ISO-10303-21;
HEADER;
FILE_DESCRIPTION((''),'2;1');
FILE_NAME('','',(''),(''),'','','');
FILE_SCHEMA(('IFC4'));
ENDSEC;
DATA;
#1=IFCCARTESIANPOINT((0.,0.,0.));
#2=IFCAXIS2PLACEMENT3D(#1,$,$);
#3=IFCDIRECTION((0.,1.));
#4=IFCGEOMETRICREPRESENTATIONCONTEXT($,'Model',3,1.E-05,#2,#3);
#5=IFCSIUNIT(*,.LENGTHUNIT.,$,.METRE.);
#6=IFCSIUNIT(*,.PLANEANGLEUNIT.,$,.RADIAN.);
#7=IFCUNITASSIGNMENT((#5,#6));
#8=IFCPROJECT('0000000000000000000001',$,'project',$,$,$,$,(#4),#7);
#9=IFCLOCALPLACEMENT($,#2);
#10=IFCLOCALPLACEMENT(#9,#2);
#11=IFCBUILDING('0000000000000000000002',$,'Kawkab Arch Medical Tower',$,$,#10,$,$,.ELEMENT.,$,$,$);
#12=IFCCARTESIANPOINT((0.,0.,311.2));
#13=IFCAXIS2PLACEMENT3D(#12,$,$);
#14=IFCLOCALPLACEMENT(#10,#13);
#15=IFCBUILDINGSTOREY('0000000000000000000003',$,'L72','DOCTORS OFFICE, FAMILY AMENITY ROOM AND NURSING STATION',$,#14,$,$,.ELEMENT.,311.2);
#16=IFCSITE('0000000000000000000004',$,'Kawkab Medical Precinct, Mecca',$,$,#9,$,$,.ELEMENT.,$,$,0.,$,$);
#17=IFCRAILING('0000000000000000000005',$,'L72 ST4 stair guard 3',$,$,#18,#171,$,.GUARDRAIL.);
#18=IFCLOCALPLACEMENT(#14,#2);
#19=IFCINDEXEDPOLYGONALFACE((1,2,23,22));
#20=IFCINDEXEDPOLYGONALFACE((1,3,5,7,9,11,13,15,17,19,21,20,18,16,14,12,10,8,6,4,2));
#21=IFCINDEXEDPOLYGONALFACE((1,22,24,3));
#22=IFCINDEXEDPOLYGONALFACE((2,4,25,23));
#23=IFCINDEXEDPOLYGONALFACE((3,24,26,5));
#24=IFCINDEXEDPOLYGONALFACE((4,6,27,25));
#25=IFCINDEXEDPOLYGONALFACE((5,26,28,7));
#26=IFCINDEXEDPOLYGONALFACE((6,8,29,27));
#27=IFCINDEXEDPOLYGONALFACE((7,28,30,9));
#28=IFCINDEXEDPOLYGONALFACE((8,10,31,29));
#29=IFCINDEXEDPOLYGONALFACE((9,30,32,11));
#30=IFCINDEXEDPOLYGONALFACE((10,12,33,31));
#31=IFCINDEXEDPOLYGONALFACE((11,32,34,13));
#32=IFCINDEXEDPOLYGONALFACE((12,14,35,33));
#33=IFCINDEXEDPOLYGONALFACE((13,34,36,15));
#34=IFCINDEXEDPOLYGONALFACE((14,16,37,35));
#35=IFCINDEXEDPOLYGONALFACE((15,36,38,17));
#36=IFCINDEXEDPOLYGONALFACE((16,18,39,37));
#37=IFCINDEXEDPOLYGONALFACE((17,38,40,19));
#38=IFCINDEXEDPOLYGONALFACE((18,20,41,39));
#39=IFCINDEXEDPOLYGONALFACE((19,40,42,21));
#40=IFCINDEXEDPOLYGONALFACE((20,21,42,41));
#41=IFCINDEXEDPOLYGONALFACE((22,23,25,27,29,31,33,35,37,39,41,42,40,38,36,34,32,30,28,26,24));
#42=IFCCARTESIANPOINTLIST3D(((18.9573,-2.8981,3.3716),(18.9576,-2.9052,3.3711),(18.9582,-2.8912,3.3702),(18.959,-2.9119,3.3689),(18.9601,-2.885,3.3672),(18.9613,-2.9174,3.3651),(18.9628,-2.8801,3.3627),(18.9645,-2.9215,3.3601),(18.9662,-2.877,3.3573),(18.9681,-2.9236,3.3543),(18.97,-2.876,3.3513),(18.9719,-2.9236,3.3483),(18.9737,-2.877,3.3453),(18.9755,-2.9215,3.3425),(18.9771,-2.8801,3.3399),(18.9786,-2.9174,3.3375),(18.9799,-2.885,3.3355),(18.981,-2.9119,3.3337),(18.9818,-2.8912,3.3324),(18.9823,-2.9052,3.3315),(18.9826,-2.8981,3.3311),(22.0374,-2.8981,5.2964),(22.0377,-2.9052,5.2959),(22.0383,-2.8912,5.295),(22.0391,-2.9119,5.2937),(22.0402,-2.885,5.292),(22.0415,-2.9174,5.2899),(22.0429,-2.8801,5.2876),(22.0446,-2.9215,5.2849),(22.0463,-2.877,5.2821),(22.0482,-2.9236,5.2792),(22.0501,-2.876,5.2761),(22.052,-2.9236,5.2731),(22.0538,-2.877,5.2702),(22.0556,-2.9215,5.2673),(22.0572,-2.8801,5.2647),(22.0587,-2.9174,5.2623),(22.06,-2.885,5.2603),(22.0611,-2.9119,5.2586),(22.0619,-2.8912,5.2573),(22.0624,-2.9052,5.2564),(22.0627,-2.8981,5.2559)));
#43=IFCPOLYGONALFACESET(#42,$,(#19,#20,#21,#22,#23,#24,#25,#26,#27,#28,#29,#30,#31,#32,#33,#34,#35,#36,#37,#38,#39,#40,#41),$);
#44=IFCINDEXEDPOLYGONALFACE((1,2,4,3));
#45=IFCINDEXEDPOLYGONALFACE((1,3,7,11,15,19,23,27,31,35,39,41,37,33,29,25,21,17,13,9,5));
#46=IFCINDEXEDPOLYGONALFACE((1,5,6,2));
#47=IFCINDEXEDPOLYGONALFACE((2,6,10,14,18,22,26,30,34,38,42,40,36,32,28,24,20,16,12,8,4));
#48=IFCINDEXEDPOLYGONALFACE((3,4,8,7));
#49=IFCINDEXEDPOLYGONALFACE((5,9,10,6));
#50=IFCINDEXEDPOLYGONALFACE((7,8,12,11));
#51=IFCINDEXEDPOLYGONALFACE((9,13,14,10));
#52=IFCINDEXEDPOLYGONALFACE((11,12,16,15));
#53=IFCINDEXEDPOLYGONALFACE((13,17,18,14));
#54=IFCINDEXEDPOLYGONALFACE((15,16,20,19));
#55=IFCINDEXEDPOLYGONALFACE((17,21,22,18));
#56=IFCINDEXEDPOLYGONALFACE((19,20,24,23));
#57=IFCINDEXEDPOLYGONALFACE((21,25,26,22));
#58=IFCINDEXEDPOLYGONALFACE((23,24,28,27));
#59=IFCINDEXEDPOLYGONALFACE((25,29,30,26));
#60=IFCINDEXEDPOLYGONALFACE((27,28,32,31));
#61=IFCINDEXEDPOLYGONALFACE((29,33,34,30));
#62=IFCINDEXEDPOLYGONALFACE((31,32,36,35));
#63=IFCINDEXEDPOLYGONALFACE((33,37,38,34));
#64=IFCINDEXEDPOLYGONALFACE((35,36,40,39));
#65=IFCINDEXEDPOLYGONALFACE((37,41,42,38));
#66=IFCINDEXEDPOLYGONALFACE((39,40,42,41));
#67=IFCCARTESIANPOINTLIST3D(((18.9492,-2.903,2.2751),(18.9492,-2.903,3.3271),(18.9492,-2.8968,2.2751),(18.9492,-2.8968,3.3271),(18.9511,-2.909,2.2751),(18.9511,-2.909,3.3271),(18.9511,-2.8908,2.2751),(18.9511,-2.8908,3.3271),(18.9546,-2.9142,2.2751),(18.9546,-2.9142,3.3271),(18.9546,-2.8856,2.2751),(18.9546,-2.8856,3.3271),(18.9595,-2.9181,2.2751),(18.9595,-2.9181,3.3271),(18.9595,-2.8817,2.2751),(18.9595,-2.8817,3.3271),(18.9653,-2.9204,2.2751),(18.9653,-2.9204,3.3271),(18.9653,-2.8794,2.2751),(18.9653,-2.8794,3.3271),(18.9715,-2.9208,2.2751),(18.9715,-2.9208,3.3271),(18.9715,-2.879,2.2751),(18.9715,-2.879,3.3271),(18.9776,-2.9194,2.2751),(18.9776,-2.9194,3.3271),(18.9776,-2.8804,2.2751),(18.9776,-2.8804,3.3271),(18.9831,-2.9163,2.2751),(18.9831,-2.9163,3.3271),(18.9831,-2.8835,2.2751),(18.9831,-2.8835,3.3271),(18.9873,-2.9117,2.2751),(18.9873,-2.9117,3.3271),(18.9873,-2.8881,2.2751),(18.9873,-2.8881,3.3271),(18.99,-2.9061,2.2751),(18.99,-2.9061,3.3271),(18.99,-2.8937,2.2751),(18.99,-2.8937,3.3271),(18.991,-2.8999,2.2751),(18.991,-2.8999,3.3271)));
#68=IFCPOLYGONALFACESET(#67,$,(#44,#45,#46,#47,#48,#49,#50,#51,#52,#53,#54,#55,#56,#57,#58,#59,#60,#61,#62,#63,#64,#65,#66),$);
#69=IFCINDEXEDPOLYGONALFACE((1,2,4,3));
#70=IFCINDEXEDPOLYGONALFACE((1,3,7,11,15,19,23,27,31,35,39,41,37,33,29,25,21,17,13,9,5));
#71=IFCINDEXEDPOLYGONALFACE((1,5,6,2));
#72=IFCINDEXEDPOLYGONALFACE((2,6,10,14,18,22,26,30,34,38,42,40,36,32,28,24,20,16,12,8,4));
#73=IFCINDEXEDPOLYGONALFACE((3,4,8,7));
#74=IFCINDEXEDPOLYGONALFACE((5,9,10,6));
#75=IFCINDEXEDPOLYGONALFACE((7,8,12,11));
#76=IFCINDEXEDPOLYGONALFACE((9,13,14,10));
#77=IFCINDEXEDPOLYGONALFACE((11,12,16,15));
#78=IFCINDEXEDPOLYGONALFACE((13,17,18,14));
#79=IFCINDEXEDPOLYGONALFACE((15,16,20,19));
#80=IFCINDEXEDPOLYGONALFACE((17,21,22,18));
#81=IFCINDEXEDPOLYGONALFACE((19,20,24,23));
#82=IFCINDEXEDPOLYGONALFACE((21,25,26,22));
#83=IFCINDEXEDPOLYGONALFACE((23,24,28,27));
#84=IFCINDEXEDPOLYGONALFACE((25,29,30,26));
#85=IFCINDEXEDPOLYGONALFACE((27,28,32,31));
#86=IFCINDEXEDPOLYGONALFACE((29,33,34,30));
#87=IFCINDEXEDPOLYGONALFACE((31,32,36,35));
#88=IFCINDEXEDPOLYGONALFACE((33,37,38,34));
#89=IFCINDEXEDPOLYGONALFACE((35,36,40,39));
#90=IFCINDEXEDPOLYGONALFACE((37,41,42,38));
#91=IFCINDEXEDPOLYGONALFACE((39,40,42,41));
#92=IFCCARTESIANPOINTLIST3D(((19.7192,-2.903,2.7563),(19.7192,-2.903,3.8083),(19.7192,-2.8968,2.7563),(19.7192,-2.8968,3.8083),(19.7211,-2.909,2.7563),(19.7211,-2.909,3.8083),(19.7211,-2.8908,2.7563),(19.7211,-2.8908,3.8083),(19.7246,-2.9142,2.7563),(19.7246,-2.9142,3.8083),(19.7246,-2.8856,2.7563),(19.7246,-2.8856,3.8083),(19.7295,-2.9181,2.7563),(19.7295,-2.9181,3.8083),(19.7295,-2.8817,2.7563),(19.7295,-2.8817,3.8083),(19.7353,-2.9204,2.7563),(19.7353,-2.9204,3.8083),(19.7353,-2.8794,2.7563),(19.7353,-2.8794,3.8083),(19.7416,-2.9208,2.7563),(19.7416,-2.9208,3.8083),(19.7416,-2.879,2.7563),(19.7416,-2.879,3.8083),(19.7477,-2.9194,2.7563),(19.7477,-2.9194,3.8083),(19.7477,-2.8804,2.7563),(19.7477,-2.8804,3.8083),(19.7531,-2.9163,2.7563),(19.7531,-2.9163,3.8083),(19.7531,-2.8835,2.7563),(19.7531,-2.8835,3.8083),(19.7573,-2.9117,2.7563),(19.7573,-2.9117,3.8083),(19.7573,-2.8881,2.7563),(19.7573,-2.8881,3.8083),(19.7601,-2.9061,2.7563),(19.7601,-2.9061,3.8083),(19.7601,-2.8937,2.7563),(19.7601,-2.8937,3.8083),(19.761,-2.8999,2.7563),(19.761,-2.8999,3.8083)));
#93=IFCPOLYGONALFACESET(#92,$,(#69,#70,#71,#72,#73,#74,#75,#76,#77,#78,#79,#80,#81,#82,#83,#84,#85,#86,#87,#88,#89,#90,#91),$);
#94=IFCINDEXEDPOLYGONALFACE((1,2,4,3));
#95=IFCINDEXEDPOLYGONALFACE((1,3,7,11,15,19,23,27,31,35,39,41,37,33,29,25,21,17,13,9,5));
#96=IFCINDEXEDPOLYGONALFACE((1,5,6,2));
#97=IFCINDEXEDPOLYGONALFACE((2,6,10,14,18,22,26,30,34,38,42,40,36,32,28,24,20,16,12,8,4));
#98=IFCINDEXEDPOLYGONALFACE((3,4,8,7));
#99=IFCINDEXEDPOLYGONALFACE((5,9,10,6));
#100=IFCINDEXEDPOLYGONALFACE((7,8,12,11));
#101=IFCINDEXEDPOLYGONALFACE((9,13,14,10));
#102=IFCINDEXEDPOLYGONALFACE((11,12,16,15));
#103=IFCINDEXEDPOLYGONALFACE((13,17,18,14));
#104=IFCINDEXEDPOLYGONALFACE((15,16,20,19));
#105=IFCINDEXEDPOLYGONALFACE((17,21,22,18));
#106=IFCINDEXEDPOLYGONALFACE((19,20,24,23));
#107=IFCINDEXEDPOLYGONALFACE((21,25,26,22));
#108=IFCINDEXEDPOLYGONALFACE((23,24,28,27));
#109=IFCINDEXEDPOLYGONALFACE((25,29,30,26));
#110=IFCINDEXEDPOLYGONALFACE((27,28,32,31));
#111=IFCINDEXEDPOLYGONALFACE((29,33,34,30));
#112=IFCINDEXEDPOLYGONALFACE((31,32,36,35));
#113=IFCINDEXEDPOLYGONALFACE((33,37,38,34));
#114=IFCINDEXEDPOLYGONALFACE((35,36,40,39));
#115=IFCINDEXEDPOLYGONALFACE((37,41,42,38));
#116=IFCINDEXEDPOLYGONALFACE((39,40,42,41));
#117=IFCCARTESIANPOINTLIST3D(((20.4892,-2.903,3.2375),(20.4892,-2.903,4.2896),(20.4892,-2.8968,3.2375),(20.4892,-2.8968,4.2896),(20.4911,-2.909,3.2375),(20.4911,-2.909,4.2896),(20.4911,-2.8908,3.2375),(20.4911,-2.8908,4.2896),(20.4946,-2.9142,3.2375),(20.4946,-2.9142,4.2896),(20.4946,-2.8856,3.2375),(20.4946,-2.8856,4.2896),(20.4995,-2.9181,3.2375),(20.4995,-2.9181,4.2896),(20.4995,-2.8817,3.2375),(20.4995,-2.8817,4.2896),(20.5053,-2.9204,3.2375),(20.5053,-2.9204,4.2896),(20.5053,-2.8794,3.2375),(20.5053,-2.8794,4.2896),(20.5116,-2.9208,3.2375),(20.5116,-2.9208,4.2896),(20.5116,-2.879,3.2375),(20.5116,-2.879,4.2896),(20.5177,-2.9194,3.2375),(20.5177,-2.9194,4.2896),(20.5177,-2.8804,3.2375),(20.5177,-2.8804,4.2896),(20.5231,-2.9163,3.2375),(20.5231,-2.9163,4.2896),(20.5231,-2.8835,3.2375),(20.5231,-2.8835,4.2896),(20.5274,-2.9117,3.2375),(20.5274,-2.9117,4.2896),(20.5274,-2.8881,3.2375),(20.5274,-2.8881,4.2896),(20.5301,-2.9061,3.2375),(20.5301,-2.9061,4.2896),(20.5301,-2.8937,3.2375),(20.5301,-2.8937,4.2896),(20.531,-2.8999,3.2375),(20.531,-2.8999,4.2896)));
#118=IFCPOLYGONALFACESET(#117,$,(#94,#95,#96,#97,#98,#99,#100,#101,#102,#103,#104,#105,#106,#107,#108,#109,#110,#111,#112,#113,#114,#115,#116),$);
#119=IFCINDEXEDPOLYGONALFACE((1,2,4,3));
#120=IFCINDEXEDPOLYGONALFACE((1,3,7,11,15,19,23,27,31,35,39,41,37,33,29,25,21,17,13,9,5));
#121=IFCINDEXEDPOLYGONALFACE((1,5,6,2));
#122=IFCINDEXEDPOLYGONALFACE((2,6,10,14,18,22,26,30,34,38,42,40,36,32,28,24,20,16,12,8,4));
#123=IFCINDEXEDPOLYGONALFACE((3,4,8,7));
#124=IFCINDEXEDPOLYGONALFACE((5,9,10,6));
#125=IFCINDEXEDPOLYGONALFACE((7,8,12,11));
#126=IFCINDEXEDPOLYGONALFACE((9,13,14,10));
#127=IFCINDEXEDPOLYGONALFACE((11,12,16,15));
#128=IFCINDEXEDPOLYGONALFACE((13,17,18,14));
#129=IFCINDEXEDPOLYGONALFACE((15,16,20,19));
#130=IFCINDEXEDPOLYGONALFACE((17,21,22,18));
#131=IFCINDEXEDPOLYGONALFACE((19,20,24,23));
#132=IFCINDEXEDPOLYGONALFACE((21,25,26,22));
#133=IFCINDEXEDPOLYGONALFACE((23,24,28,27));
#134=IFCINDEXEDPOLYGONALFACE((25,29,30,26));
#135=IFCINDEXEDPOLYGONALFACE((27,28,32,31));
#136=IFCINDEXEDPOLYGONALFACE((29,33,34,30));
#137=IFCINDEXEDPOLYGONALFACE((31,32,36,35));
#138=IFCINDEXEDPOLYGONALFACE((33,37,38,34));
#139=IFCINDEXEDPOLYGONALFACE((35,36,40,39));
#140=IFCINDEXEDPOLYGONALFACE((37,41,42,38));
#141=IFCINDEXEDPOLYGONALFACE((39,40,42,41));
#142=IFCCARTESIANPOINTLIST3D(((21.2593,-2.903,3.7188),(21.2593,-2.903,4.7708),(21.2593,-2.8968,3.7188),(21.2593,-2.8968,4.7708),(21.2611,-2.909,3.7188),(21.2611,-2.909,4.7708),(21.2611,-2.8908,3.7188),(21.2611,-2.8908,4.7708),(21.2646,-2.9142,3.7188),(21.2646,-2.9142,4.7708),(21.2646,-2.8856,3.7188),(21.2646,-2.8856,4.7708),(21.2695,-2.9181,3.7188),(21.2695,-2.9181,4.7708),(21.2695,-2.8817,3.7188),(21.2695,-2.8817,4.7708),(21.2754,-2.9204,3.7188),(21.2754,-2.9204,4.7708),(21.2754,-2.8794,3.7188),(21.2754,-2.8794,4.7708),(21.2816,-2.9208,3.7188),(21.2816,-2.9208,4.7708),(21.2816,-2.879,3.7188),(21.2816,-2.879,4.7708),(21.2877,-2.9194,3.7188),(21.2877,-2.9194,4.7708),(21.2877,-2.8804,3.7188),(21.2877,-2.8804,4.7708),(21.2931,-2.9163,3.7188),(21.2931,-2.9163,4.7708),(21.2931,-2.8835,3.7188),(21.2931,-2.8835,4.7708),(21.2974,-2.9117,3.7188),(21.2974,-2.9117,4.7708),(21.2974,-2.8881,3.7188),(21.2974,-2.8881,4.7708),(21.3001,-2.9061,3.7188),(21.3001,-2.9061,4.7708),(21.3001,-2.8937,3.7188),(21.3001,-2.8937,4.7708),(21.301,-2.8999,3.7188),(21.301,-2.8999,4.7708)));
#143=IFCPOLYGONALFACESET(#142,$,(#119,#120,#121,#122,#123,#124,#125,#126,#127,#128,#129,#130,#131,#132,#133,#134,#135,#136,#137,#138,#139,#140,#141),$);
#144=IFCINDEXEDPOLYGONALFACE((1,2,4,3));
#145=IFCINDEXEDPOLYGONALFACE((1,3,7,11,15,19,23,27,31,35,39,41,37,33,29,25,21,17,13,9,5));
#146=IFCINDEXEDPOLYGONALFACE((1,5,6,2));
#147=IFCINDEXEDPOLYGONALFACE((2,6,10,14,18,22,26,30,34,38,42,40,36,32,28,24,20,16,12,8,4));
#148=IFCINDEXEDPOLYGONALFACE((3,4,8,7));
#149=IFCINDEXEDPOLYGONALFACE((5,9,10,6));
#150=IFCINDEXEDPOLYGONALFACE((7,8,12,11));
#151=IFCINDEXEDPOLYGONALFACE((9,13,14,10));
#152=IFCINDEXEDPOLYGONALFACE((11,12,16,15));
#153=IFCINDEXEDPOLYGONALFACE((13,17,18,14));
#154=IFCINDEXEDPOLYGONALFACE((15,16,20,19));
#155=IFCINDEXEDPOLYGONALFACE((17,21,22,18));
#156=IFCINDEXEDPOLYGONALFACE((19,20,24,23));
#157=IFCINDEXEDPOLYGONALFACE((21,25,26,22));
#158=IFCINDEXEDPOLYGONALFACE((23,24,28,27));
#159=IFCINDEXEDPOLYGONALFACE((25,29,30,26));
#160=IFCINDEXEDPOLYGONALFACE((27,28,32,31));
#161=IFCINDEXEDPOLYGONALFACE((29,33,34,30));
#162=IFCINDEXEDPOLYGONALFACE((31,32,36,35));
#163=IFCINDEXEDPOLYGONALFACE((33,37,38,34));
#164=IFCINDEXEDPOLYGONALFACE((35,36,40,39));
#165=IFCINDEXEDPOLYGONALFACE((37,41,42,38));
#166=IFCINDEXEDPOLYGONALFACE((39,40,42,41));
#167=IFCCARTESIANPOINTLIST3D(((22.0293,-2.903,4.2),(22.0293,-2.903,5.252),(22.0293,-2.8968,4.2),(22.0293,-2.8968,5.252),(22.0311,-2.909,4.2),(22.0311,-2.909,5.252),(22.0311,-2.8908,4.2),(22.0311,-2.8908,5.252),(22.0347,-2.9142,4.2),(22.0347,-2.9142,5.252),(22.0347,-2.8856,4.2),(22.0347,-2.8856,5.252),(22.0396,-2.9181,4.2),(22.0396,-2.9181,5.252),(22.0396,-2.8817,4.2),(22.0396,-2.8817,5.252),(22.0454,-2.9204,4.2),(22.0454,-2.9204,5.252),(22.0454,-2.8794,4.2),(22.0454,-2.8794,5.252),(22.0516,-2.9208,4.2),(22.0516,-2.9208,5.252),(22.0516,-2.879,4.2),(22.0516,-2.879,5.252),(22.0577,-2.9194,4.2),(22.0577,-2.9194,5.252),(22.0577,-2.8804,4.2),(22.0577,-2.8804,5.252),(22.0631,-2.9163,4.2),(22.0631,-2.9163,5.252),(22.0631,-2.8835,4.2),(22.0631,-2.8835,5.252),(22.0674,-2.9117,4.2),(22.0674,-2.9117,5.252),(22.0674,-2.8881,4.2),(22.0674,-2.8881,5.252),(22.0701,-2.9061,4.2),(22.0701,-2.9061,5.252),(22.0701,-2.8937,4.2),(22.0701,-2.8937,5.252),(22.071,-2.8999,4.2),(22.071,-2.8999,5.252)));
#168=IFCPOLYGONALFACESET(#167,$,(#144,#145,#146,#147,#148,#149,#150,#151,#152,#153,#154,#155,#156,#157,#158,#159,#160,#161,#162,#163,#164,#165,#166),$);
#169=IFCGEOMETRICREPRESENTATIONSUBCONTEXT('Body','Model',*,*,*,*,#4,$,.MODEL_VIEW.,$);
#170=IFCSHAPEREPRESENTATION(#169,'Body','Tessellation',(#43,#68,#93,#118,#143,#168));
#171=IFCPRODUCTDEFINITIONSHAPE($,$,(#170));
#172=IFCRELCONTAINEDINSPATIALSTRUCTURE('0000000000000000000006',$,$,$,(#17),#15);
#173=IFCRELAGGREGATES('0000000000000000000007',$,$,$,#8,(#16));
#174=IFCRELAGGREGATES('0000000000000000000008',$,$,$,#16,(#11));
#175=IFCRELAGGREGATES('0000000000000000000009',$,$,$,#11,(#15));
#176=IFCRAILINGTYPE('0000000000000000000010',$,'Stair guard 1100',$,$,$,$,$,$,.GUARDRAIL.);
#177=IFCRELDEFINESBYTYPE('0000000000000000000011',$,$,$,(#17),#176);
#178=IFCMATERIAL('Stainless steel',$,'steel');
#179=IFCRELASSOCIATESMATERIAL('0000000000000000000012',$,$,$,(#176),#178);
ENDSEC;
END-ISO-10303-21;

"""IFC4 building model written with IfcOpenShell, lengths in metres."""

from ifc_helpers import new_model, si_unit, direction, frame, origin, origin_2d, place, context, subcontext, project, spatial, circle, extrude, material, type_object, element, save


model = new_model("IFC4")

# Units and contexts
model_context = context("Model", 3, precision=1e-05, world=origin(), true_north=direction((0.0, 1.0)))
body_context = subcontext(model_context, "Body", "Model", "MODEL_VIEW")
ifc_project = project(units=[si_unit("LENGTHUNIT", "METRE"), si_unit("PLANEANGLEUNIT", "RADIAN")], contexts=[model_context])

# Site, building, storey
site_placement = place(None, origin())
site = spatial("IfcSite", under=ifc_project, at=site_placement, Name="Kawkab Medical Precinct, Mecca", CompositionType="ELEMENT", RefElevation=0.0)
building_placement = place(site_placement, origin())
building = spatial("IfcBuilding", under=site, at=building_placement, Name="Kawkab Arch Medical Tower", CompositionType="ELEMENT")
storey_placement = place(building_placement, frame((0.0, 0.0, 311.2)))
storey = spatial("IfcBuildingStorey", under=building, at=storey_placement, Name="L72", Description="DOCTORS OFFICE, FAMILY AMENITY ROOM AND NURSING STATION", CompositionType="ELEMENT", Elevation=311.2)

# Railing
ifc_material_1 = material(Name="Stainless steel", Category="steel")
railing_type_1 = type_object("IfcRailingType", Name="Stair guard 1100", PredefinedType="GUARDRAIL", material=ifc_material_1)
railing_1_placement = place(storey_placement, frame((18.97, -2.8999, 2.2751)))
element("IfcRailing", 1, at=railing_1_placement, inside=storey, type_object=railing_type_1, Name="L72 ST4 stair guard 3", PredefinedType="GUARDRAIL", context=body_context, shape_type="SweptSolid", body=[
    extrude(circle(Radius=0.0239, at=origin_2d()), frame((0.0, 0.0, 1.0762), z_axis=(0.848029, 0.0, 0.529951), x_axis=(0.0, 1.0, 0.0)), (0.0, 0.0, 1.0), 3.6321),
    extrude(circle(Radius=0.021, at=origin_2d()), origin(), (0.0, 0.0, 1.0), 1.052),
    extrude(circle(Radius=0.021, at=origin_2d()), frame((0.77, 0.0, 0.4812)), (0.0, 0.0, 1.0), 1.052),
    extrude(circle(Radius=0.021, at=origin_2d()), frame((1.54, 0.0, 0.9624)), (0.0, 0.0, 1.0), 1.052),
    extrude(circle(Radius=0.021, at=origin_2d()), frame((2.3101, 0.0, 1.4436)), (0.0, 0.0, 1.0), 1.052),
    extrude(circle(Radius=0.021, at=origin_2d()), frame((3.0801, 0.0, 1.9248)), (0.0, 0.0, 1.0), 1.052),
])

save(model, "model.ifc")
